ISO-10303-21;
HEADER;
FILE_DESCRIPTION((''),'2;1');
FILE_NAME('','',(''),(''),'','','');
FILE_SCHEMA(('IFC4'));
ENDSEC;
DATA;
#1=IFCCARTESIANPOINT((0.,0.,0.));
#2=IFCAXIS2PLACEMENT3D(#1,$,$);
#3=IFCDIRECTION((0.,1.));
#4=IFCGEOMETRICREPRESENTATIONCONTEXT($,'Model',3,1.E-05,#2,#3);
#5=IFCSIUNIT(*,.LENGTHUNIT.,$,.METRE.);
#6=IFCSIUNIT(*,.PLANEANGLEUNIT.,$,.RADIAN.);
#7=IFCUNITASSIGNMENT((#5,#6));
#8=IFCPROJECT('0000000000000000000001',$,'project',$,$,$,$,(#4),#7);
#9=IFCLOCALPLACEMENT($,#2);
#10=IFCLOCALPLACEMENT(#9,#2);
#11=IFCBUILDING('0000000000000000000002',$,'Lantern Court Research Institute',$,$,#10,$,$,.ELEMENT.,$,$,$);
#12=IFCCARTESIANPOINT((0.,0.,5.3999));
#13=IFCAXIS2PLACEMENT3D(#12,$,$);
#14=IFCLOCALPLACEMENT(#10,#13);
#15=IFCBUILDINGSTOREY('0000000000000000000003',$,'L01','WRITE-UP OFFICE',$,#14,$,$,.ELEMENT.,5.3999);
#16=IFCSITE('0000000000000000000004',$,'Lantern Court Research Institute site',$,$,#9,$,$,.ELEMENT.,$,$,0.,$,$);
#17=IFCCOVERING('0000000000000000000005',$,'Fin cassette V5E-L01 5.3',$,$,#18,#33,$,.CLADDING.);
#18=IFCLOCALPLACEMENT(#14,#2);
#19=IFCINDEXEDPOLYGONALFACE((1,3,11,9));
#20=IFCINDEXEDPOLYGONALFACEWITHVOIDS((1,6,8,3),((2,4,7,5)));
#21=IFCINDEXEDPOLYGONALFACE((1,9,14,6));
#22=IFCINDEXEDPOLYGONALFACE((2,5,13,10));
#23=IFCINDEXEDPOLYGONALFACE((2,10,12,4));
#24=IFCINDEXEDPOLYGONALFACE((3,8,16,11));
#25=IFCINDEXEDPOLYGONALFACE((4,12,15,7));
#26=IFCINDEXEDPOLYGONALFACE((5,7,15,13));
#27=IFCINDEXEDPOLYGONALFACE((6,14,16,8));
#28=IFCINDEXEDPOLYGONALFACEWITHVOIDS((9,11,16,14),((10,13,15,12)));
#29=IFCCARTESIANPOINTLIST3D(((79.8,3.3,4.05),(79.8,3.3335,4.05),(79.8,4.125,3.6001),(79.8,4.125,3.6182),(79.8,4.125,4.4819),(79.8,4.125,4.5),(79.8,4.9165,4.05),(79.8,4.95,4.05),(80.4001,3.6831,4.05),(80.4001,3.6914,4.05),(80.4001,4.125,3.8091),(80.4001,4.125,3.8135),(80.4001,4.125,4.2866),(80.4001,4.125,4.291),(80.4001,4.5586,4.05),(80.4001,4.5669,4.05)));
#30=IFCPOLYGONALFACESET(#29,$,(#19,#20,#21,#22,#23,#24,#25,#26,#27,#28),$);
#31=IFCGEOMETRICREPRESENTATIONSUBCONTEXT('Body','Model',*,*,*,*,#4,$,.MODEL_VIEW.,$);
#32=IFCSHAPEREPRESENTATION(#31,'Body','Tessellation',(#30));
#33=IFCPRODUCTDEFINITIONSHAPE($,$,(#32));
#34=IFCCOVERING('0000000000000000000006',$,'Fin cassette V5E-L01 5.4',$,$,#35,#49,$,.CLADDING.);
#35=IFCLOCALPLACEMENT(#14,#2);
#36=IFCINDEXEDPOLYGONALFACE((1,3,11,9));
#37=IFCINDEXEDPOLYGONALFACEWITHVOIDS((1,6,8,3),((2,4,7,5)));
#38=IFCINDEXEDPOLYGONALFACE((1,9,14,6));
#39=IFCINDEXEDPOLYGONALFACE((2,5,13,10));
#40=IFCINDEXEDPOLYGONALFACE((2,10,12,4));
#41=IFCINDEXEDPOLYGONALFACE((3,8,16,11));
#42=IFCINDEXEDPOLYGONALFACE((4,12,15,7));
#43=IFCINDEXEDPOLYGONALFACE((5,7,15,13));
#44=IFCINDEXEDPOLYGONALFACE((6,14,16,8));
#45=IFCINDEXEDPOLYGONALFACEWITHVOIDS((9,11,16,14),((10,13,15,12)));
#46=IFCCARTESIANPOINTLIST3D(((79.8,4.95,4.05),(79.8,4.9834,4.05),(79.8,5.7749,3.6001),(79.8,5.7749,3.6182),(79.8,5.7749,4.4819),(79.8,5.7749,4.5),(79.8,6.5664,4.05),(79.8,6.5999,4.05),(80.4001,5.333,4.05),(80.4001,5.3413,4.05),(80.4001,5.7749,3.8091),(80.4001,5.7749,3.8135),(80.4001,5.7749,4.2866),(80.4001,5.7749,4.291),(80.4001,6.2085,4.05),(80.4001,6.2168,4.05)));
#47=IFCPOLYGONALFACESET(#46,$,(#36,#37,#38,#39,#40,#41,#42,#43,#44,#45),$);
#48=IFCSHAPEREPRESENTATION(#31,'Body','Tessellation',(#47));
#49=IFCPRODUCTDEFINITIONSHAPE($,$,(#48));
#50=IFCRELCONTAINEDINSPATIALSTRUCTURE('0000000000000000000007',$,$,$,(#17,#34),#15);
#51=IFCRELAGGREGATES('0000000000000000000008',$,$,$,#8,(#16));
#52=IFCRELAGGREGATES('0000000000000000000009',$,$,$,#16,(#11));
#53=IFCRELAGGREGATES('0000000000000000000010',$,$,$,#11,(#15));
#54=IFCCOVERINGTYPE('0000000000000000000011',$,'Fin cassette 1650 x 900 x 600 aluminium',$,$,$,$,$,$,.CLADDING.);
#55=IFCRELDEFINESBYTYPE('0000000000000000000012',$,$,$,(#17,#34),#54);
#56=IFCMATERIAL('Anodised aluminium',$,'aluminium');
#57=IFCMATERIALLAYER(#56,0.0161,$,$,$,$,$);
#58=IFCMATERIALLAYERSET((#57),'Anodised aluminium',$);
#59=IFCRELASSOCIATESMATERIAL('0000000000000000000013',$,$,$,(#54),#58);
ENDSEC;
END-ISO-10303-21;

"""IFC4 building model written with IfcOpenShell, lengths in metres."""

from ifc_helpers import new_model, entity, si_unit, direction, frame, origin, place, context, subcontext, project, spatial, material, layer, layer_set, type_object, element, save


model = new_model("IFC4")

# Units and contexts
model_context = context("Model", 3, precision=1e-05, world=origin(), true_north=direction((0.0, 1.0)))
body_context = subcontext(model_context, "Body", "Model", "MODEL_VIEW")
ifc_project = project(units=[si_unit("LENGTHUNIT", "METRE"), si_unit("PLANEANGLEUNIT", "RADIAN")], contexts=[model_context])

# Site, building, storey
site_placement = place(None, origin())
site = spatial("IfcSite", under=ifc_project, at=site_placement, Name="Lantern Court Research Institute site", CompositionType="ELEMENT", RefElevation=0.0)
building_placement = place(site_placement, origin())
building = spatial("IfcBuilding", under=site, at=building_placement, Name="Lantern Court Research Institute", CompositionType="ELEMENT")
storey_placement = place(building_placement, frame((0.0, 0.0, 5.3999)))
storey = spatial("IfcBuildingStorey", under=building, at=storey_placement, Name="L01", Description="WRITE-UP OFFICE", CompositionType="ELEMENT", Elevation=5.3999)

# Coverings
ifc_material_1 = material(Name="Anodised aluminium", Category="aluminium")
ifc_layer_1 = layer(ifc_material_1, 0.0161)
ifc_layer_set_1 = layer_set([ifc_layer_1], Name="Anodised aluminium")
covering_type = type_object("IfcCoveringType", Name="Fin cassette 1650 x 900 x 600 aluminium", PredefinedType="CLADDING", material=ifc_layer_set_1)
covering_1_placement = place(storey_placement, frame((79.8, 4.125, 4.05), z_axis=(1.0, 0.0, 0.0), x_axis=(0.0, 1.0, 0.0)))
cartesian_point_1 = entity("IfcCartesianPoint", [0.825, 0.0])
cartesian_point_2 = entity("IfcCartesianPoint", [0.7915, 0.0])
cartesian_point_3 = entity("IfcCartesianPoint", [0.4419, 0.0])
cartesian_point_4 = entity("IfcCartesianPoint", [0.4336, 0.0])
element("IfcCovering", 1, at=covering_1_placement, inside=storey, type_object=covering_type, Name="Fin cassette V5E-L01 5.3", PredefinedType="CLADDING", context=body_context, shape_type="SweptSolid", body=[
    entity("IfcExtrudedAreaSolidTapered", entity("IfcArbitraryProfileDefWithVoids", "AREA", None, entity("IfcPolyline", [cartesian_point_1, entity("IfcCartesianPoint", [0.0, 0.45]), entity("IfcCartesianPoint", [-0.825, 0.0]), entity("IfcCartesianPoint", [0.0, -0.45]), cartesian_point_1]), [entity("IfcPolyline", [cartesian_point_2, entity("IfcCartesianPoint", [0.0, 0.4319]), entity("IfcCartesianPoint", [-0.7915, 0.0]), entity("IfcCartesianPoint", [0.0, -0.4319]), cartesian_point_2])]), entity("IfcAxis2Placement3D", entity("IfcCartesianPoint", [0.0, 0.0, 0.0])), entity("IfcDirection", [0.0, 0.0, 1.0]), 0.6001, entity("IfcArbitraryProfileDefWithVoids", "AREA", None, entity("IfcPolyline", [cartesian_point_3, entity("IfcCartesianPoint", [0.0, 0.241]), entity("IfcCartesianPoint", [-0.4419, 0.0]), entity("IfcCartesianPoint", [0.0, -0.241]), cartesian_point_3]), [entity("IfcPolyline", [cartesian_point_4, entity("IfcCartesianPoint", [0.0, 0.2366]), entity("IfcCartesianPoint", [-0.4336, 0.0]), entity("IfcCartesianPoint", [0.0, -0.2366]), cartesian_point_4])])),
])
covering_2_placement = place(storey_placement, frame((79.8, 5.7749, 4.05), z_axis=(1.0, 0.0, 0.0), x_axis=(0.0, 1.0, 0.0)))
cartesian_point_5 = entity("IfcCartesianPoint", [0.825, 0.0])
cartesian_point_6 = entity("IfcCartesianPoint", [0.7915, 0.0])
cartesian_point_7 = entity("IfcCartesianPoint", [0.4419, 0.0])
cartesian_point_8 = entity("IfcCartesianPoint", [0.4336, 0.0])
element("IfcCovering", 2, at=covering_2_placement, inside=storey, type_object=covering_type, Name="Fin cassette V5E-L01 5.4", PredefinedType="CLADDING", context=body_context, shape_type="SweptSolid", body=[
    entity("IfcExtrudedAreaSolidTapered", entity("IfcArbitraryProfileDefWithVoids", "AREA", None, entity("IfcPolyline", [cartesian_point_5, entity("IfcCartesianPoint", [0.0, 0.45]), entity("IfcCartesianPoint", [-0.825, 0.0]), entity("IfcCartesianPoint", [0.0, -0.45]), cartesian_point_5]), [entity("IfcPolyline", [cartesian_point_6, entity("IfcCartesianPoint", [0.0, 0.4319]), entity("IfcCartesianPoint", [-0.7915, 0.0]), entity("IfcCartesianPoint", [0.0, -0.4319]), cartesian_point_6])]), entity("IfcAxis2Placement3D", entity("IfcCartesianPoint", [0.0, 0.0, 0.0])), entity("IfcDirection", [0.0, 0.0, 1.0]), 0.6001, entity("IfcArbitraryProfileDefWithVoids", "AREA", None, entity("IfcPolyline", [cartesian_point_7, entity("IfcCartesianPoint", [0.0, 0.241]), entity("IfcCartesianPoint", [-0.4419, 0.0]), entity("IfcCartesianPoint", [0.0, -0.241]), cartesian_point_7]), [entity("IfcPolyline", [cartesian_point_8, entity("IfcCartesianPoint", [0.0, 0.2366]), entity("IfcCartesianPoint", [-0.4336, 0.0]), entity("IfcCartesianPoint", [0.0, -0.2366]), cartesian_point_8])])),
])

save(model, "model.ifc")
